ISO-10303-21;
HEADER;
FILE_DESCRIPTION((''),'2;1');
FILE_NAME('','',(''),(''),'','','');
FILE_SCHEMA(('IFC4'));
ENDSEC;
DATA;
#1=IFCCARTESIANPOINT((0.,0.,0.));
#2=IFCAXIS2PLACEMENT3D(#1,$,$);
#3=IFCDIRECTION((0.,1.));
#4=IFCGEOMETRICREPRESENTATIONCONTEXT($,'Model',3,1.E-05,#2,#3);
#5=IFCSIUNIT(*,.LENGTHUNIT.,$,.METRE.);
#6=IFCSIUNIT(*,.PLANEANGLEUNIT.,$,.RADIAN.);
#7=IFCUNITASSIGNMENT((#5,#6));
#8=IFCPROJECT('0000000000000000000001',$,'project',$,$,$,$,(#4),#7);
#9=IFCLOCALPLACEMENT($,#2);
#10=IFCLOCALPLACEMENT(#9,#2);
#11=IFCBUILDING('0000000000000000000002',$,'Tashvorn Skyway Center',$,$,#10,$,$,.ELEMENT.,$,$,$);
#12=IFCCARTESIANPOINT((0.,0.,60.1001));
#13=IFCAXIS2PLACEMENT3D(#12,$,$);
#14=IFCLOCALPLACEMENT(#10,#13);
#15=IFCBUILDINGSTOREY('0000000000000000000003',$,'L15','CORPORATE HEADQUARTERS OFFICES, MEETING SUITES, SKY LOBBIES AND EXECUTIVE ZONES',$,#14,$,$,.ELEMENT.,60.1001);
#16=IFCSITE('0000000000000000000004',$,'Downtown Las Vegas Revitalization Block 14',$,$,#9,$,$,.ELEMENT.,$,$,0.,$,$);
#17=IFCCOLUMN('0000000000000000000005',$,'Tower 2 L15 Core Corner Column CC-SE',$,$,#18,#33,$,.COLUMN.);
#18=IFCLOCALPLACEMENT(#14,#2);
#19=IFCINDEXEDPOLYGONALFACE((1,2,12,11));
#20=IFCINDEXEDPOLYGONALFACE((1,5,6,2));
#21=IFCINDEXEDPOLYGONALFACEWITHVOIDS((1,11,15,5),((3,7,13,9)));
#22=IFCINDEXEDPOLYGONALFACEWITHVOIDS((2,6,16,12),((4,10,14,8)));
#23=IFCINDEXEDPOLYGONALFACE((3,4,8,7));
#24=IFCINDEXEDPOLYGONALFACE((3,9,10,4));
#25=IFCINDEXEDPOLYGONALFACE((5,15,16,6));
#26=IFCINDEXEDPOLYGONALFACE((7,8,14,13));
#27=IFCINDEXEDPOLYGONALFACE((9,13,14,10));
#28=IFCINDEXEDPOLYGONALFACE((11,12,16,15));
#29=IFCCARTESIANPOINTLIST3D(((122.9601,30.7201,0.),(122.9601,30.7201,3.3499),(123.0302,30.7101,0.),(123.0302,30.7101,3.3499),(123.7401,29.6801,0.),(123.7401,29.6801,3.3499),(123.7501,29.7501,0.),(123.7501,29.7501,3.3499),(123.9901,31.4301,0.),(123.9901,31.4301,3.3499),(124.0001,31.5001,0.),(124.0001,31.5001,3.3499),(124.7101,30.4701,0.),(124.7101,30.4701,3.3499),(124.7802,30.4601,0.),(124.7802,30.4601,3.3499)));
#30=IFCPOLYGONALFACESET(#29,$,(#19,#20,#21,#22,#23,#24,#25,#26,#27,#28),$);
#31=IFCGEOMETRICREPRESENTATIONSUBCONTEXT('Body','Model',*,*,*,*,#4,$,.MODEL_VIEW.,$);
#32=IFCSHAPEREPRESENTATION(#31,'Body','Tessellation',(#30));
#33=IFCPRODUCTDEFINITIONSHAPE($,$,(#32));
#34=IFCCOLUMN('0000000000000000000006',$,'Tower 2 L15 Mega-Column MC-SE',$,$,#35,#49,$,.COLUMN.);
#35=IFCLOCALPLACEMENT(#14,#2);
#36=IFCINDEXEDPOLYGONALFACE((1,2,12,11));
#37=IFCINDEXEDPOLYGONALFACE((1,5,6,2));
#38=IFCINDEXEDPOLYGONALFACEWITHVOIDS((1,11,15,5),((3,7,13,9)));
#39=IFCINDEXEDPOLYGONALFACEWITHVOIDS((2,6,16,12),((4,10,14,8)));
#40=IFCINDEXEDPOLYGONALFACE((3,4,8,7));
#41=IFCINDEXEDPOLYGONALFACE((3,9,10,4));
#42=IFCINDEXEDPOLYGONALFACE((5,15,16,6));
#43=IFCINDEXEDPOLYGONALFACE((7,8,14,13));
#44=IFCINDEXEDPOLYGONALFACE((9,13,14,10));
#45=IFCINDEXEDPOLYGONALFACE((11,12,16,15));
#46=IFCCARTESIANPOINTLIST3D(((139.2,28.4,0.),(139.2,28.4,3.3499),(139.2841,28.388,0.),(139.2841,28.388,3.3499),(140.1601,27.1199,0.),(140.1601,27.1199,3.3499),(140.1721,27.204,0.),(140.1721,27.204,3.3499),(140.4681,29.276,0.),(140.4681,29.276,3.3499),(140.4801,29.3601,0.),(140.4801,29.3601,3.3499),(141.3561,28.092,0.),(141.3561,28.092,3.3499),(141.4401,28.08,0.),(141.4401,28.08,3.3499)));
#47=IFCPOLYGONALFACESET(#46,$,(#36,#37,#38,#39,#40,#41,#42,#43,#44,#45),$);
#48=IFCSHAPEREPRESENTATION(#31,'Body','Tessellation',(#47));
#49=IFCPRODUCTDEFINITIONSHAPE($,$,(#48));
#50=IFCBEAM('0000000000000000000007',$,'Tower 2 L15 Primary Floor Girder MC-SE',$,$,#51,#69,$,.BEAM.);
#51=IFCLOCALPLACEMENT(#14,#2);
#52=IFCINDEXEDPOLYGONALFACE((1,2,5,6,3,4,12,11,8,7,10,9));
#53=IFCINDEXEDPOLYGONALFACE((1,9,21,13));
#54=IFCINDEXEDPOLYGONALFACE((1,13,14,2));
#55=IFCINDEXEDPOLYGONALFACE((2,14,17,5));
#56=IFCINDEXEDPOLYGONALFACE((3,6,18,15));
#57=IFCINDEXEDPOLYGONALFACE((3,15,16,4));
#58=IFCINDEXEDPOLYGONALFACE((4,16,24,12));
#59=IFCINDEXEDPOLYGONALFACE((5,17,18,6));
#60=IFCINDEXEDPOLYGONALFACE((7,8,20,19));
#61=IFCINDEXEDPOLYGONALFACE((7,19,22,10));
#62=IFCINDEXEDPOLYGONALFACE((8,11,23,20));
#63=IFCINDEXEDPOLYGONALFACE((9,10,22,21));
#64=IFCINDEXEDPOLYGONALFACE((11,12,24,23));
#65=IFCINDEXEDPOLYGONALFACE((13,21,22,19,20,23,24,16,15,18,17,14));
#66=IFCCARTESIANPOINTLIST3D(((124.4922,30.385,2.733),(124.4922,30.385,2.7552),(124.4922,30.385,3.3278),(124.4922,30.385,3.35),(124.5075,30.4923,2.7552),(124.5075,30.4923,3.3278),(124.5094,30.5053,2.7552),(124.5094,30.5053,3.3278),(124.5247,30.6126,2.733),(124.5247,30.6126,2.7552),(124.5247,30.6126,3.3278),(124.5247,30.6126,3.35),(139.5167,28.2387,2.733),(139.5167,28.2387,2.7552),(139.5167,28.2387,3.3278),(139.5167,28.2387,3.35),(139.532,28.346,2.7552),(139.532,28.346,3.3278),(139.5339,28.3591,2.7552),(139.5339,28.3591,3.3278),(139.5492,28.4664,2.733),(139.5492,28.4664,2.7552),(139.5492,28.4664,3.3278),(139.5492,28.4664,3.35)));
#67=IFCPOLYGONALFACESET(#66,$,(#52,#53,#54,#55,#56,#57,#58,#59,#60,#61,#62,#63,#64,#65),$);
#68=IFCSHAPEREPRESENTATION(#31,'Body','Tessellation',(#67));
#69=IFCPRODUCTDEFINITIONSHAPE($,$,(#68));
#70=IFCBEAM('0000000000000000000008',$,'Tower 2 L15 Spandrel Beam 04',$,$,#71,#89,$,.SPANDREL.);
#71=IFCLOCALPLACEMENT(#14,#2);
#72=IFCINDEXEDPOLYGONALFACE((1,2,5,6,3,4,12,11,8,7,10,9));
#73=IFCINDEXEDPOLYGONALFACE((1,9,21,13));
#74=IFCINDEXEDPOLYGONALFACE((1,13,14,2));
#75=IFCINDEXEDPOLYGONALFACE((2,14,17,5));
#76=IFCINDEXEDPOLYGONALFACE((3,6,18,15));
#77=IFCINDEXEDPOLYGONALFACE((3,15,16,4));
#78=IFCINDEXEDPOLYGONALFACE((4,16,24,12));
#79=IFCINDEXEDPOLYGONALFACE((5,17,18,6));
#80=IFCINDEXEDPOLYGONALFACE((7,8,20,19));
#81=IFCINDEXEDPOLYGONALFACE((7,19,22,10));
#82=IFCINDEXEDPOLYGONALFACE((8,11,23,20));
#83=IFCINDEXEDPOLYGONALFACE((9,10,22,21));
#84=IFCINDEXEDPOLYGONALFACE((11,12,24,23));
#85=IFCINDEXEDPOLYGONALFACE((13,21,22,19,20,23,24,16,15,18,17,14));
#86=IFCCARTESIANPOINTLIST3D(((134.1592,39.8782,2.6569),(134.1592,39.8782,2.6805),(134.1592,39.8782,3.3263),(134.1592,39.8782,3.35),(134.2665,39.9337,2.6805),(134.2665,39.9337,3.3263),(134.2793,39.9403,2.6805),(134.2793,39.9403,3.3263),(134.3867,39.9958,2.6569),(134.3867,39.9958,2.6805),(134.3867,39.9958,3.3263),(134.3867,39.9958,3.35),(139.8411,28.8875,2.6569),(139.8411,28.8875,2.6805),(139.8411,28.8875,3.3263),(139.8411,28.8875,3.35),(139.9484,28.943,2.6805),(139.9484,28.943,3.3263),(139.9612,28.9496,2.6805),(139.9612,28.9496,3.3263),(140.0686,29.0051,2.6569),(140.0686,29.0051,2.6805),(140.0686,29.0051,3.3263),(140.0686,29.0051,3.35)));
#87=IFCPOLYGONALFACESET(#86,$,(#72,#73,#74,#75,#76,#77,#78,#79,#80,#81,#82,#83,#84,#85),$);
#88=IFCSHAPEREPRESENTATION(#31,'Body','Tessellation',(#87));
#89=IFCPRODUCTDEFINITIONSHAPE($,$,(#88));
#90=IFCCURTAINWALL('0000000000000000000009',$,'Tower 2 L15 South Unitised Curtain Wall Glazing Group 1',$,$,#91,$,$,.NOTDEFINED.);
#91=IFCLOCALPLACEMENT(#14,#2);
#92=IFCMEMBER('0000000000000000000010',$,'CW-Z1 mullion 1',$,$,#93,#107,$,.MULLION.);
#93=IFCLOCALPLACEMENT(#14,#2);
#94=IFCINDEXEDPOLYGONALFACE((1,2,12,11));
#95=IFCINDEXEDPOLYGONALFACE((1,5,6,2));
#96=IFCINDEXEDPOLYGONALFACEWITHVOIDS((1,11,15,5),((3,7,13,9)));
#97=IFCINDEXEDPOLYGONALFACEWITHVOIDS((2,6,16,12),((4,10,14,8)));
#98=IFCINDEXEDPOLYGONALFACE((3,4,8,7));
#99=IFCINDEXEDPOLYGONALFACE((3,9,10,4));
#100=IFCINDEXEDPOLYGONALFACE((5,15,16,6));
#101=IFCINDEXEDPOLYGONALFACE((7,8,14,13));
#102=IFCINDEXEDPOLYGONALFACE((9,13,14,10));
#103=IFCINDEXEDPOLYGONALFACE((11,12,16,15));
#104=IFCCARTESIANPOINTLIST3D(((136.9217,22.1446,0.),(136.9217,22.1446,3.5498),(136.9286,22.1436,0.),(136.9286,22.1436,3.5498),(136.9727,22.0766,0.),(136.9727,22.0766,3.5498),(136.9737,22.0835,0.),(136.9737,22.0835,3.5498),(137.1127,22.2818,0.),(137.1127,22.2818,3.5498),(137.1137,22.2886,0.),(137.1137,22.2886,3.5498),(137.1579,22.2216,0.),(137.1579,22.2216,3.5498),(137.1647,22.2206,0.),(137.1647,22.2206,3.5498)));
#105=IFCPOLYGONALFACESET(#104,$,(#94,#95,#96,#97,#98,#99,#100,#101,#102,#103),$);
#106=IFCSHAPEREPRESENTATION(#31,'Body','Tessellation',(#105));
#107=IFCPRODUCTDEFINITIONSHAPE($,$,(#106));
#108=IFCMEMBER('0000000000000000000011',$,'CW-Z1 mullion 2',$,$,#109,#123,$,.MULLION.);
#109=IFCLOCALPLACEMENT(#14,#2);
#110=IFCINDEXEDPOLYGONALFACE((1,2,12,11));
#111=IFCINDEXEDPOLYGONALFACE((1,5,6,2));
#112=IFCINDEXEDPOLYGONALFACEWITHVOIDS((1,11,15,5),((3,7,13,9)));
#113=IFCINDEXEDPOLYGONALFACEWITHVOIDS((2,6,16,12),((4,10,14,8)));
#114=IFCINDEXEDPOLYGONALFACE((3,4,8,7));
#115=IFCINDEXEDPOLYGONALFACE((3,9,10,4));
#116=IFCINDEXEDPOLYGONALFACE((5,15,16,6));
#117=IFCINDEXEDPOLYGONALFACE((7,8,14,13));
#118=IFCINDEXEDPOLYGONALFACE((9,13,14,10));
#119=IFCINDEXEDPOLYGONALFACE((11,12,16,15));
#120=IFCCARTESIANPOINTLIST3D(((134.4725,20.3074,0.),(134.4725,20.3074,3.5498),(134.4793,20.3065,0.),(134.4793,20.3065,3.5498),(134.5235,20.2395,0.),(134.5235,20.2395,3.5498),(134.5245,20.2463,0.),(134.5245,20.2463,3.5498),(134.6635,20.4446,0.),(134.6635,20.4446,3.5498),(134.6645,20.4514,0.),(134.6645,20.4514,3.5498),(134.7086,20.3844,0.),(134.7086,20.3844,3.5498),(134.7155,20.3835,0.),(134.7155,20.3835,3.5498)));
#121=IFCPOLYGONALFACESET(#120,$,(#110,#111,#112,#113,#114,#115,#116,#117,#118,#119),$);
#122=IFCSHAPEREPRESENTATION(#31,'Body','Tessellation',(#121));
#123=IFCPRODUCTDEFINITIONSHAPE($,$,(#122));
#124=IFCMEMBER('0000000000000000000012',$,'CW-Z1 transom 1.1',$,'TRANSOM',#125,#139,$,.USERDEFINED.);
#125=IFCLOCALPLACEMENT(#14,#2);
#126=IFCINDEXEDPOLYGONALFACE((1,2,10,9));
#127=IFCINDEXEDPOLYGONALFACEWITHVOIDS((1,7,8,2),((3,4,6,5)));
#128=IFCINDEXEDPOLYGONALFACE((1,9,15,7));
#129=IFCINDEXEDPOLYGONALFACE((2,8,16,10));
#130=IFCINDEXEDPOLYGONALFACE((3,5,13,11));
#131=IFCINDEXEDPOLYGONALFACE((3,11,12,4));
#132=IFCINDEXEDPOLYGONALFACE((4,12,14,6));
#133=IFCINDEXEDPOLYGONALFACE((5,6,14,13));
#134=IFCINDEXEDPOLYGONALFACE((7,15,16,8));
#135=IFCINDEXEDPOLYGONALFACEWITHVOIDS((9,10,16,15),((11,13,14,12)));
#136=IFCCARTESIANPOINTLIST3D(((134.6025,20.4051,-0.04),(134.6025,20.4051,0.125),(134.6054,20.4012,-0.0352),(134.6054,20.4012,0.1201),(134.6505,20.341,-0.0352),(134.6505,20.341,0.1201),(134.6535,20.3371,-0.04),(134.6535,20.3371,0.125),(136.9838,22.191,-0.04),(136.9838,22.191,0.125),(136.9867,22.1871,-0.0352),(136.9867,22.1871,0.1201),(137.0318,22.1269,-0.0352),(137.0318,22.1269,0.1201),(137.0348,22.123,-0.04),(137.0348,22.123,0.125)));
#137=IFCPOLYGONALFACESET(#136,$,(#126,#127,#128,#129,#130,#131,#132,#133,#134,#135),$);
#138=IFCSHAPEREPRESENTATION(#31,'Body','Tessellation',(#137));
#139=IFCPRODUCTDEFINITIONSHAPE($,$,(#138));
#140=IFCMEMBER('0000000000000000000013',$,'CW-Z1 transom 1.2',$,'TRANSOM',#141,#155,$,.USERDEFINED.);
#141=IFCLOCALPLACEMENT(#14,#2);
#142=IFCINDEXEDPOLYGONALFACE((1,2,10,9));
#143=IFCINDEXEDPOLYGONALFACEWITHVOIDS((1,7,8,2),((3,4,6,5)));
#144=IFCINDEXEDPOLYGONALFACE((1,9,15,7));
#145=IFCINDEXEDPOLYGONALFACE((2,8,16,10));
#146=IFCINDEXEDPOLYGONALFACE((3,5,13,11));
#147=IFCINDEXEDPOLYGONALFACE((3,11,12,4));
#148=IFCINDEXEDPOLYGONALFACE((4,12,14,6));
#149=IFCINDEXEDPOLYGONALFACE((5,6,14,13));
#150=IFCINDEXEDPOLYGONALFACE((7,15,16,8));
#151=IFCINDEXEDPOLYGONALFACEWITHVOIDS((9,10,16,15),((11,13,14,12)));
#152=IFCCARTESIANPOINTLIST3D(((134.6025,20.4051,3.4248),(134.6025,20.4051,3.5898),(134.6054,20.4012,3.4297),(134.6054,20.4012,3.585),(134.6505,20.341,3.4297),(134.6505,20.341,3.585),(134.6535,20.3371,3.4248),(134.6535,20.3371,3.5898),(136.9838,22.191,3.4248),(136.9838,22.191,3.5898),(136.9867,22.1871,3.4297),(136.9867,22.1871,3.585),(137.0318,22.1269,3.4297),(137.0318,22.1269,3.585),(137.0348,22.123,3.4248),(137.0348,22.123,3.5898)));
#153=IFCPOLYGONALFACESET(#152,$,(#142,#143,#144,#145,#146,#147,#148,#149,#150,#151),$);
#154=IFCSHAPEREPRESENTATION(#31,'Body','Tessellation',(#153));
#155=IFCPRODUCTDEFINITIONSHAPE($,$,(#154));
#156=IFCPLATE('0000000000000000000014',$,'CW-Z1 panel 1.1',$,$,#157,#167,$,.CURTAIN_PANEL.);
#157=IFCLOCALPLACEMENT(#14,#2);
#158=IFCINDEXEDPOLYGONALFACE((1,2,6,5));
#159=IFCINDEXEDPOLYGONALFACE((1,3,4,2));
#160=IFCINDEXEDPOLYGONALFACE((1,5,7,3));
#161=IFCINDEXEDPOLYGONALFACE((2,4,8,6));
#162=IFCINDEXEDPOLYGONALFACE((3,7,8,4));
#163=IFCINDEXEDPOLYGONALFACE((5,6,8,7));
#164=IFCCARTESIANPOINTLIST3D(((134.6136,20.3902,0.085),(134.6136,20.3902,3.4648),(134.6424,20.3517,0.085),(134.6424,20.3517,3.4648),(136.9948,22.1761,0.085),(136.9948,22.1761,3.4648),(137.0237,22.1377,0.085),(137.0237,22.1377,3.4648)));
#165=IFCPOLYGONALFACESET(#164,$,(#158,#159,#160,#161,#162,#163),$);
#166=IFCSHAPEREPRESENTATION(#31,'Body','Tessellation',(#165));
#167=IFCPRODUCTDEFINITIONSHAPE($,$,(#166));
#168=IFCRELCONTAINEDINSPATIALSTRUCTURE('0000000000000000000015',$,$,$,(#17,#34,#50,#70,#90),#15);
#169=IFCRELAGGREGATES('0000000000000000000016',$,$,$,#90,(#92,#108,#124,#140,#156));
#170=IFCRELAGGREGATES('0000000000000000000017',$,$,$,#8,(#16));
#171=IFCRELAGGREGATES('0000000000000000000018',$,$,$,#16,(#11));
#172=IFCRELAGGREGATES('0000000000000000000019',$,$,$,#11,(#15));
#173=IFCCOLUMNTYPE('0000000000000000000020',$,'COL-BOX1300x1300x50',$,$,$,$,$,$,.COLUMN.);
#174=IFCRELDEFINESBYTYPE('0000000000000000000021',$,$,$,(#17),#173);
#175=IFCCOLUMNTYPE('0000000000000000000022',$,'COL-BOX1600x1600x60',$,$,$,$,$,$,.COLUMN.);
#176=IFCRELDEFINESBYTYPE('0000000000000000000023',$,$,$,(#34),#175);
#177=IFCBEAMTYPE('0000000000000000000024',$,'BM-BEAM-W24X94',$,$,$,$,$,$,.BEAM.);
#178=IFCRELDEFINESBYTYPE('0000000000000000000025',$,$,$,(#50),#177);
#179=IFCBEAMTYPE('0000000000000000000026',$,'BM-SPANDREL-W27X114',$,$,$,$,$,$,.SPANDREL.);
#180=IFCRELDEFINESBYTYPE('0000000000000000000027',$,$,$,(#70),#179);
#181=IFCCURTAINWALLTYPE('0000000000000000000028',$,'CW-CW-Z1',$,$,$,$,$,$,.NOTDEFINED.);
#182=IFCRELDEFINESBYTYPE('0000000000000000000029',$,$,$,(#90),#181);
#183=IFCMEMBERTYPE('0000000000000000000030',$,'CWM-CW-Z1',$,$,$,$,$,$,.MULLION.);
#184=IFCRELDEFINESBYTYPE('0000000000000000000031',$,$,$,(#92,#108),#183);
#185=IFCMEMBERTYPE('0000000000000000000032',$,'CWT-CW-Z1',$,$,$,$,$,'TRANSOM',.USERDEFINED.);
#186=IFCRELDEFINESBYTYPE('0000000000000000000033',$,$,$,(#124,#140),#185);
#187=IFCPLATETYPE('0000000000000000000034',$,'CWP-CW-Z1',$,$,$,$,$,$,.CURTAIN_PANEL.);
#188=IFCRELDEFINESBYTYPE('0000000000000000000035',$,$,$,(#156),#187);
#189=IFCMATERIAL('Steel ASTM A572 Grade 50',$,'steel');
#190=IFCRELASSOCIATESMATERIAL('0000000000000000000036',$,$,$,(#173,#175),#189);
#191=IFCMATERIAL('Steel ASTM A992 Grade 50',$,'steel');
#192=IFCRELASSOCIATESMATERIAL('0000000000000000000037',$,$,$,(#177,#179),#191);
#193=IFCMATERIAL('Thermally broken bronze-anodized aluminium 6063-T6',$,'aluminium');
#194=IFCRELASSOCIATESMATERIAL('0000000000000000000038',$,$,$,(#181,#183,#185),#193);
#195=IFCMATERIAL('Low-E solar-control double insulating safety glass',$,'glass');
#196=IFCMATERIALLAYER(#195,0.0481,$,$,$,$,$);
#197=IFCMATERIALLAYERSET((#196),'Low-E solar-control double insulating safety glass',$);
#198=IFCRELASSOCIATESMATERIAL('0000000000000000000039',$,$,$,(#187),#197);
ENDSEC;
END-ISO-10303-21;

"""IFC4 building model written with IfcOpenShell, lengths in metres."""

from ifc_helpers import new_model, si_unit, direction, frame, origin, origin_2d, place, context, subcontext, project, spatial, rectangle, hollow_rectangle, i_section, extrude, material, layer, layer_set, material_profile, profile_set, type_object, element, aggregate, save


model = new_model("IFC4")

# Units and contexts
model_context = context("Model", 3, precision=1e-05, world=origin(), true_north=direction((0.0, 1.0)))
body_context = subcontext(model_context, "Body", "Model", "MODEL_VIEW")
ifc_project = project(units=[si_unit("LENGTHUNIT", "METRE"), si_unit("PLANEANGLEUNIT", "RADIAN")], contexts=[model_context])

# Site, building, storey
site_placement = place(None, origin())
site = spatial("IfcSite", under=ifc_project, at=site_placement, Name="Downtown Las Vegas Revitalization Block 14", CompositionType="ELEMENT", RefElevation=0.0)
building_placement = place(site_placement, origin())
building = spatial("IfcBuilding", under=site, at=building_placement, Name="Tashvorn Skyway Center", CompositionType="ELEMENT")
storey_placement = place(building_placement, frame((0.0, 0.0, 60.1001)))
storey = spatial("IfcBuildingStorey", under=building, at=storey_placement, Name="L15", Description="CORPORATE HEADQUARTERS OFFICES, MEETING SUITES, SKY LOBBIES AND EXECUTIVE ZONES", CompositionType="ELEMENT", Elevation=60.1001)

# Columns
ifc_material_1 = material(Name="Steel ASTM A572 Grade 50", Category="steel")
ifc_material_profile_1 = material_profile(ifc_material_1, hollow_rectangle(XDim=1.3, YDim=1.3, WallThickness=0.05, at=origin_2d()), Name="BOX1300x1300x50")
ifc_profile_set_1 = profile_set([ifc_material_profile_1], Name="Steel ASTM A572 Grade 50")
column_type_1 = type_object("IfcColumnType", Name="COL-BOX1300x1300x50", PredefinedType="COLUMN", material=ifc_profile_set_1)
column_1_placement = place(storey_placement, frame((123.8701, 30.5901, 0.0), z_axis=(0.0, 0.0, 1.0), x_axis=(0.8, 0.6, 0.0)))
element("IfcColumn", 1, at=column_1_placement, inside=storey, type_object=column_type_1, Name="Tower 2 L15 Core Corner Column CC-SE", PredefinedType="COLUMN", context=body_context, shape_type="SweptSolid", body=[
    extrude(hollow_rectangle(XDim=1.3, YDim=1.3, WallThickness=0.05, at=origin_2d()), origin(), (0.0, 0.0, 1.0), 3.3499),
])
ifc_material_profile_2 = material_profile(ifc_material_1, hollow_rectangle(XDim=1.6001, YDim=1.6001, WallThickness=0.0601, at=origin_2d()), Name="BOX1600x1600x60")
ifc_profile_set_2 = profile_set([ifc_material_profile_2], Name="Steel ASTM A572 Grade 50")
column_type_2 = type_object("IfcColumnType", Name="COL-BOX1600x1600x60", PredefinedType="COLUMN", material=ifc_profile_set_2)
column_2_placement = place(storey_placement, frame((140.3201, 28.24, 0.0), z_axis=(0.0, 0.0, 1.0), x_axis=(0.8, 0.6, 0.0)))
element("IfcColumn", 2, at=column_2_placement, inside=storey, type_object=column_type_2, Name="Tower 2 L15 Mega-Column MC-SE", PredefinedType="COLUMN", context=body_context, shape_type="SweptSolid", body=[
    extrude(hollow_rectangle(XDim=1.6001, YDim=1.6001, WallThickness=0.0601, at=origin_2d()), origin(), (0.0, 0.0, 1.0), 3.3499),
])

# Beams
ifc_material_2 = material(Name="Steel ASTM A992 Grade 50", Category="steel")
ifc_material_profile_3 = material_profile(ifc_material_2, i_section(OverallWidth=0.23, OverallDepth=0.6169, WebThickness=0.0132, FlangeThickness=0.0222, at=origin_2d()), Name="W24X94")
ifc_profile_set_3 = profile_set([ifc_material_profile_3], Name="Steel ASTM A992 Grade 50")
beam_type_1 = type_object("IfcBeamType", Name="BM-BEAM-W24X94", PredefinedType="BEAM", material=ifc_profile_set_3)
beam_1_placement = place(storey_placement, frame((139.533, 28.3525, 3.0415), z_axis=(-0.98995, 0.141415, 0.0), x_axis=(-0.141415, -0.98995, 0.0)))
element("IfcBeam", 3, at=beam_1_placement, inside=storey, type_object=beam_type_1, Name="Tower 2 L15 Primary Floor Girder MC-SE", PredefinedType="BEAM", context=body_context, shape_type="SweptSolid", body=[
    extrude(i_section(OverallWidth=0.23, OverallDepth=0.6169, WebThickness=0.0132, FlangeThickness=0.0222, at=origin_2d()), origin(), (0.0, 0.0, 1.0), 15.177),
])
ifc_material_profile_4 = material_profile(ifc_material_2, i_section(OverallWidth=0.2561, OverallDepth=0.6931, WebThickness=0.0144, FlangeThickness=0.0237, at=origin_2d()), Name="W27X114")
ifc_profile_set_4 = profile_set([ifc_material_profile_4], Name="Steel ASTM A992 Grade 50")
beam_type_2 = type_object("IfcBeamType", Name="BM-SPANDREL-W27X114", PredefinedType="SPANDREL", material=ifc_profile_set_4)
beam_2_placement = place(storey_placement, frame((139.9548, 28.9463, 3.0034), z_axis=(-0.459233, 0.888316, 0.0), x_axis=(-0.888316, -0.459233, 0.0)))
element("IfcBeam", 4, at=beam_2_placement, inside=storey, type_object=beam_type_2, Name="Tower 2 L15 Spandrel Beam 04", PredefinedType="SPANDREL", context=body_context, shape_type="SweptSolid", body=[
    extrude(i_section(OverallWidth=0.2561, OverallDepth=0.6931, WebThickness=0.0144, FlangeThickness=0.0237, at=origin_2d()), origin(), (0.0, 0.0, 1.0), 12.3726),
])

# Curtain wall, members, plate
ifc_material_3 = material(Name="Thermally broken bronze-anodized aluminium 6063-T6", Category="aluminium")
curtain_wall_type = type_object("IfcCurtainWallType", Name="CW-CW-Z1", PredefinedType="NOTDEFINED", material=ifc_material_3)
curtain_wall_placement = place(storey_placement, origin())
curtain_wall = element("IfcCurtainWall", 5, at=curtain_wall_placement, inside=storey, type_object=curtain_wall_type, Name="Tower 2 L15 South Unitised Curtain Wall Glazing Group 1", PredefinedType="NOTDEFINED")
ifc_material_profile_5 = material_profile(ifc_material_3, hollow_rectangle(XDim=0.085, YDim=0.24, WallThickness=0.0049, at=origin_2d()), Name="ALU-MULL-85x240")
ifc_profile_set_5 = profile_set([ifc_material_profile_5], Name="Thermally broken bronze-anodized aluminium 6063-T6")
member_type_1 = type_object("IfcMemberType", Name="CWM-CW-Z1", PredefinedType="MULLION", material=ifc_profile_set_5)
member_1_placement = place(storey_placement, frame((137.0432, 22.1826, 0.0), z_axis=(0.0, 0.0, 1.0), x_axis=(0.600005, -0.799996, 0.0)))
member_1 = element("IfcMember", 6, at=member_1_placement, type_object=member_type_1, Name="CW-Z1 mullion 1", PredefinedType="MULLION", context=body_context, shape_type="SweptSolid", body=[
    extrude(hollow_rectangle(XDim=0.085, YDim=0.24, WallThickness=0.0049, at=origin_2d()), origin(), (0.0, 0.0, 1.0), 3.5498),
])
member_2_placement = place(storey_placement, frame((134.594, 20.3455, 0.0), z_axis=(0.0, 0.0, 1.0), x_axis=(0.600005, -0.799996, 0.0)))
member_2 = element("IfcMember", 7, at=member_2_placement, type_object=member_type_1, Name="CW-Z1 mullion 2", PredefinedType="MULLION", context=body_context, shape_type="SweptSolid", body=[
    extrude(hollow_rectangle(XDim=0.085, YDim=0.24, WallThickness=0.0049, at=origin_2d()), origin(), (0.0, 0.0, 1.0), 3.5498),
])
ifc_material_profile_6 = material_profile(ifc_material_3, hollow_rectangle(XDim=0.085, YDim=0.165, WallThickness=0.0049, at=origin_2d()), Name="ALU-TRAN-85x165")
ifc_profile_set_6 = profile_set([ifc_material_profile_6], Name="Thermally broken bronze-anodized aluminium 6063-T6")
member_type_2 = type_object("IfcMemberType", Name="CWT-CW-Z1", ElementType="TRANSOM", PredefinedType="USERDEFINED", material=ifc_profile_set_6)
member_3_placement = place(storey_placement, frame((137.0093, 22.157, 0.0425), z_axis=(-0.80002, -0.599974, 0.0), x_axis=(0.599974, -0.80002, 0.0)))
member_3 = element("IfcMember", 8, at=member_3_placement, type_object=member_type_2, Name="CW-Z1 transom 1.1", ObjectType="TRANSOM", PredefinedType="USERDEFINED", context=body_context, shape_type="SweptSolid", body=[
    extrude(hollow_rectangle(XDim=0.085, YDim=0.165, WallThickness=0.0049, at=origin_2d()), origin(), (0.0, 0.0, 1.0), 2.9766),
])
member_4_placement = place(storey_placement, frame((137.0093, 22.157, 3.5073), z_axis=(-0.80002, -0.599974, 0.0), x_axis=(0.599974, -0.80002, 0.0)))
member_4 = element("IfcMember", 9, at=member_4_placement, type_object=member_type_2, Name="CW-Z1 transom 1.2", ObjectType="TRANSOM", PredefinedType="USERDEFINED", context=body_context, shape_type="SweptSolid", body=[
    extrude(hollow_rectangle(XDim=0.085, YDim=0.165, WallThickness=0.0049, at=origin_2d()), origin(), (0.0, 0.0, 1.0), 2.9766),
])
ifc_material_4 = material(Name="Low-E solar-control double insulating safety glass", Category="glass")
ifc_layer_1 = layer(ifc_material_4, 0.0481)
ifc_layer_set_1 = layer_set([ifc_layer_1], Name="Low-E solar-control double insulating safety glass")
plate_type = type_object("IfcPlateType", Name="CWP-CW-Z1", PredefinedType="CURTAIN_PANEL", material=ifc_layer_set_1)
plate_placement = place(storey_placement, frame((135.8186, 21.2639, 0.085), z_axis=(0.0, 0.0, 1.0), x_axis=(-0.799996, -0.600005, 0.0)))
plate = element("IfcPlate", 10, at=plate_placement, type_object=plate_type, Name="CW-Z1 panel 1.1", PredefinedType="CURTAIN_PANEL", context=body_context, shape_type="SweptSolid", body=[
    extrude(rectangle(XDim=2.9766, YDim=0.0481, at=origin_2d()), origin(), (0.0, 0.0, 1.0), 3.3799),
])
aggregate(curtain_wall, [member_1, member_2, member_3, member_4, plate])

save(model, "model.ifc")
